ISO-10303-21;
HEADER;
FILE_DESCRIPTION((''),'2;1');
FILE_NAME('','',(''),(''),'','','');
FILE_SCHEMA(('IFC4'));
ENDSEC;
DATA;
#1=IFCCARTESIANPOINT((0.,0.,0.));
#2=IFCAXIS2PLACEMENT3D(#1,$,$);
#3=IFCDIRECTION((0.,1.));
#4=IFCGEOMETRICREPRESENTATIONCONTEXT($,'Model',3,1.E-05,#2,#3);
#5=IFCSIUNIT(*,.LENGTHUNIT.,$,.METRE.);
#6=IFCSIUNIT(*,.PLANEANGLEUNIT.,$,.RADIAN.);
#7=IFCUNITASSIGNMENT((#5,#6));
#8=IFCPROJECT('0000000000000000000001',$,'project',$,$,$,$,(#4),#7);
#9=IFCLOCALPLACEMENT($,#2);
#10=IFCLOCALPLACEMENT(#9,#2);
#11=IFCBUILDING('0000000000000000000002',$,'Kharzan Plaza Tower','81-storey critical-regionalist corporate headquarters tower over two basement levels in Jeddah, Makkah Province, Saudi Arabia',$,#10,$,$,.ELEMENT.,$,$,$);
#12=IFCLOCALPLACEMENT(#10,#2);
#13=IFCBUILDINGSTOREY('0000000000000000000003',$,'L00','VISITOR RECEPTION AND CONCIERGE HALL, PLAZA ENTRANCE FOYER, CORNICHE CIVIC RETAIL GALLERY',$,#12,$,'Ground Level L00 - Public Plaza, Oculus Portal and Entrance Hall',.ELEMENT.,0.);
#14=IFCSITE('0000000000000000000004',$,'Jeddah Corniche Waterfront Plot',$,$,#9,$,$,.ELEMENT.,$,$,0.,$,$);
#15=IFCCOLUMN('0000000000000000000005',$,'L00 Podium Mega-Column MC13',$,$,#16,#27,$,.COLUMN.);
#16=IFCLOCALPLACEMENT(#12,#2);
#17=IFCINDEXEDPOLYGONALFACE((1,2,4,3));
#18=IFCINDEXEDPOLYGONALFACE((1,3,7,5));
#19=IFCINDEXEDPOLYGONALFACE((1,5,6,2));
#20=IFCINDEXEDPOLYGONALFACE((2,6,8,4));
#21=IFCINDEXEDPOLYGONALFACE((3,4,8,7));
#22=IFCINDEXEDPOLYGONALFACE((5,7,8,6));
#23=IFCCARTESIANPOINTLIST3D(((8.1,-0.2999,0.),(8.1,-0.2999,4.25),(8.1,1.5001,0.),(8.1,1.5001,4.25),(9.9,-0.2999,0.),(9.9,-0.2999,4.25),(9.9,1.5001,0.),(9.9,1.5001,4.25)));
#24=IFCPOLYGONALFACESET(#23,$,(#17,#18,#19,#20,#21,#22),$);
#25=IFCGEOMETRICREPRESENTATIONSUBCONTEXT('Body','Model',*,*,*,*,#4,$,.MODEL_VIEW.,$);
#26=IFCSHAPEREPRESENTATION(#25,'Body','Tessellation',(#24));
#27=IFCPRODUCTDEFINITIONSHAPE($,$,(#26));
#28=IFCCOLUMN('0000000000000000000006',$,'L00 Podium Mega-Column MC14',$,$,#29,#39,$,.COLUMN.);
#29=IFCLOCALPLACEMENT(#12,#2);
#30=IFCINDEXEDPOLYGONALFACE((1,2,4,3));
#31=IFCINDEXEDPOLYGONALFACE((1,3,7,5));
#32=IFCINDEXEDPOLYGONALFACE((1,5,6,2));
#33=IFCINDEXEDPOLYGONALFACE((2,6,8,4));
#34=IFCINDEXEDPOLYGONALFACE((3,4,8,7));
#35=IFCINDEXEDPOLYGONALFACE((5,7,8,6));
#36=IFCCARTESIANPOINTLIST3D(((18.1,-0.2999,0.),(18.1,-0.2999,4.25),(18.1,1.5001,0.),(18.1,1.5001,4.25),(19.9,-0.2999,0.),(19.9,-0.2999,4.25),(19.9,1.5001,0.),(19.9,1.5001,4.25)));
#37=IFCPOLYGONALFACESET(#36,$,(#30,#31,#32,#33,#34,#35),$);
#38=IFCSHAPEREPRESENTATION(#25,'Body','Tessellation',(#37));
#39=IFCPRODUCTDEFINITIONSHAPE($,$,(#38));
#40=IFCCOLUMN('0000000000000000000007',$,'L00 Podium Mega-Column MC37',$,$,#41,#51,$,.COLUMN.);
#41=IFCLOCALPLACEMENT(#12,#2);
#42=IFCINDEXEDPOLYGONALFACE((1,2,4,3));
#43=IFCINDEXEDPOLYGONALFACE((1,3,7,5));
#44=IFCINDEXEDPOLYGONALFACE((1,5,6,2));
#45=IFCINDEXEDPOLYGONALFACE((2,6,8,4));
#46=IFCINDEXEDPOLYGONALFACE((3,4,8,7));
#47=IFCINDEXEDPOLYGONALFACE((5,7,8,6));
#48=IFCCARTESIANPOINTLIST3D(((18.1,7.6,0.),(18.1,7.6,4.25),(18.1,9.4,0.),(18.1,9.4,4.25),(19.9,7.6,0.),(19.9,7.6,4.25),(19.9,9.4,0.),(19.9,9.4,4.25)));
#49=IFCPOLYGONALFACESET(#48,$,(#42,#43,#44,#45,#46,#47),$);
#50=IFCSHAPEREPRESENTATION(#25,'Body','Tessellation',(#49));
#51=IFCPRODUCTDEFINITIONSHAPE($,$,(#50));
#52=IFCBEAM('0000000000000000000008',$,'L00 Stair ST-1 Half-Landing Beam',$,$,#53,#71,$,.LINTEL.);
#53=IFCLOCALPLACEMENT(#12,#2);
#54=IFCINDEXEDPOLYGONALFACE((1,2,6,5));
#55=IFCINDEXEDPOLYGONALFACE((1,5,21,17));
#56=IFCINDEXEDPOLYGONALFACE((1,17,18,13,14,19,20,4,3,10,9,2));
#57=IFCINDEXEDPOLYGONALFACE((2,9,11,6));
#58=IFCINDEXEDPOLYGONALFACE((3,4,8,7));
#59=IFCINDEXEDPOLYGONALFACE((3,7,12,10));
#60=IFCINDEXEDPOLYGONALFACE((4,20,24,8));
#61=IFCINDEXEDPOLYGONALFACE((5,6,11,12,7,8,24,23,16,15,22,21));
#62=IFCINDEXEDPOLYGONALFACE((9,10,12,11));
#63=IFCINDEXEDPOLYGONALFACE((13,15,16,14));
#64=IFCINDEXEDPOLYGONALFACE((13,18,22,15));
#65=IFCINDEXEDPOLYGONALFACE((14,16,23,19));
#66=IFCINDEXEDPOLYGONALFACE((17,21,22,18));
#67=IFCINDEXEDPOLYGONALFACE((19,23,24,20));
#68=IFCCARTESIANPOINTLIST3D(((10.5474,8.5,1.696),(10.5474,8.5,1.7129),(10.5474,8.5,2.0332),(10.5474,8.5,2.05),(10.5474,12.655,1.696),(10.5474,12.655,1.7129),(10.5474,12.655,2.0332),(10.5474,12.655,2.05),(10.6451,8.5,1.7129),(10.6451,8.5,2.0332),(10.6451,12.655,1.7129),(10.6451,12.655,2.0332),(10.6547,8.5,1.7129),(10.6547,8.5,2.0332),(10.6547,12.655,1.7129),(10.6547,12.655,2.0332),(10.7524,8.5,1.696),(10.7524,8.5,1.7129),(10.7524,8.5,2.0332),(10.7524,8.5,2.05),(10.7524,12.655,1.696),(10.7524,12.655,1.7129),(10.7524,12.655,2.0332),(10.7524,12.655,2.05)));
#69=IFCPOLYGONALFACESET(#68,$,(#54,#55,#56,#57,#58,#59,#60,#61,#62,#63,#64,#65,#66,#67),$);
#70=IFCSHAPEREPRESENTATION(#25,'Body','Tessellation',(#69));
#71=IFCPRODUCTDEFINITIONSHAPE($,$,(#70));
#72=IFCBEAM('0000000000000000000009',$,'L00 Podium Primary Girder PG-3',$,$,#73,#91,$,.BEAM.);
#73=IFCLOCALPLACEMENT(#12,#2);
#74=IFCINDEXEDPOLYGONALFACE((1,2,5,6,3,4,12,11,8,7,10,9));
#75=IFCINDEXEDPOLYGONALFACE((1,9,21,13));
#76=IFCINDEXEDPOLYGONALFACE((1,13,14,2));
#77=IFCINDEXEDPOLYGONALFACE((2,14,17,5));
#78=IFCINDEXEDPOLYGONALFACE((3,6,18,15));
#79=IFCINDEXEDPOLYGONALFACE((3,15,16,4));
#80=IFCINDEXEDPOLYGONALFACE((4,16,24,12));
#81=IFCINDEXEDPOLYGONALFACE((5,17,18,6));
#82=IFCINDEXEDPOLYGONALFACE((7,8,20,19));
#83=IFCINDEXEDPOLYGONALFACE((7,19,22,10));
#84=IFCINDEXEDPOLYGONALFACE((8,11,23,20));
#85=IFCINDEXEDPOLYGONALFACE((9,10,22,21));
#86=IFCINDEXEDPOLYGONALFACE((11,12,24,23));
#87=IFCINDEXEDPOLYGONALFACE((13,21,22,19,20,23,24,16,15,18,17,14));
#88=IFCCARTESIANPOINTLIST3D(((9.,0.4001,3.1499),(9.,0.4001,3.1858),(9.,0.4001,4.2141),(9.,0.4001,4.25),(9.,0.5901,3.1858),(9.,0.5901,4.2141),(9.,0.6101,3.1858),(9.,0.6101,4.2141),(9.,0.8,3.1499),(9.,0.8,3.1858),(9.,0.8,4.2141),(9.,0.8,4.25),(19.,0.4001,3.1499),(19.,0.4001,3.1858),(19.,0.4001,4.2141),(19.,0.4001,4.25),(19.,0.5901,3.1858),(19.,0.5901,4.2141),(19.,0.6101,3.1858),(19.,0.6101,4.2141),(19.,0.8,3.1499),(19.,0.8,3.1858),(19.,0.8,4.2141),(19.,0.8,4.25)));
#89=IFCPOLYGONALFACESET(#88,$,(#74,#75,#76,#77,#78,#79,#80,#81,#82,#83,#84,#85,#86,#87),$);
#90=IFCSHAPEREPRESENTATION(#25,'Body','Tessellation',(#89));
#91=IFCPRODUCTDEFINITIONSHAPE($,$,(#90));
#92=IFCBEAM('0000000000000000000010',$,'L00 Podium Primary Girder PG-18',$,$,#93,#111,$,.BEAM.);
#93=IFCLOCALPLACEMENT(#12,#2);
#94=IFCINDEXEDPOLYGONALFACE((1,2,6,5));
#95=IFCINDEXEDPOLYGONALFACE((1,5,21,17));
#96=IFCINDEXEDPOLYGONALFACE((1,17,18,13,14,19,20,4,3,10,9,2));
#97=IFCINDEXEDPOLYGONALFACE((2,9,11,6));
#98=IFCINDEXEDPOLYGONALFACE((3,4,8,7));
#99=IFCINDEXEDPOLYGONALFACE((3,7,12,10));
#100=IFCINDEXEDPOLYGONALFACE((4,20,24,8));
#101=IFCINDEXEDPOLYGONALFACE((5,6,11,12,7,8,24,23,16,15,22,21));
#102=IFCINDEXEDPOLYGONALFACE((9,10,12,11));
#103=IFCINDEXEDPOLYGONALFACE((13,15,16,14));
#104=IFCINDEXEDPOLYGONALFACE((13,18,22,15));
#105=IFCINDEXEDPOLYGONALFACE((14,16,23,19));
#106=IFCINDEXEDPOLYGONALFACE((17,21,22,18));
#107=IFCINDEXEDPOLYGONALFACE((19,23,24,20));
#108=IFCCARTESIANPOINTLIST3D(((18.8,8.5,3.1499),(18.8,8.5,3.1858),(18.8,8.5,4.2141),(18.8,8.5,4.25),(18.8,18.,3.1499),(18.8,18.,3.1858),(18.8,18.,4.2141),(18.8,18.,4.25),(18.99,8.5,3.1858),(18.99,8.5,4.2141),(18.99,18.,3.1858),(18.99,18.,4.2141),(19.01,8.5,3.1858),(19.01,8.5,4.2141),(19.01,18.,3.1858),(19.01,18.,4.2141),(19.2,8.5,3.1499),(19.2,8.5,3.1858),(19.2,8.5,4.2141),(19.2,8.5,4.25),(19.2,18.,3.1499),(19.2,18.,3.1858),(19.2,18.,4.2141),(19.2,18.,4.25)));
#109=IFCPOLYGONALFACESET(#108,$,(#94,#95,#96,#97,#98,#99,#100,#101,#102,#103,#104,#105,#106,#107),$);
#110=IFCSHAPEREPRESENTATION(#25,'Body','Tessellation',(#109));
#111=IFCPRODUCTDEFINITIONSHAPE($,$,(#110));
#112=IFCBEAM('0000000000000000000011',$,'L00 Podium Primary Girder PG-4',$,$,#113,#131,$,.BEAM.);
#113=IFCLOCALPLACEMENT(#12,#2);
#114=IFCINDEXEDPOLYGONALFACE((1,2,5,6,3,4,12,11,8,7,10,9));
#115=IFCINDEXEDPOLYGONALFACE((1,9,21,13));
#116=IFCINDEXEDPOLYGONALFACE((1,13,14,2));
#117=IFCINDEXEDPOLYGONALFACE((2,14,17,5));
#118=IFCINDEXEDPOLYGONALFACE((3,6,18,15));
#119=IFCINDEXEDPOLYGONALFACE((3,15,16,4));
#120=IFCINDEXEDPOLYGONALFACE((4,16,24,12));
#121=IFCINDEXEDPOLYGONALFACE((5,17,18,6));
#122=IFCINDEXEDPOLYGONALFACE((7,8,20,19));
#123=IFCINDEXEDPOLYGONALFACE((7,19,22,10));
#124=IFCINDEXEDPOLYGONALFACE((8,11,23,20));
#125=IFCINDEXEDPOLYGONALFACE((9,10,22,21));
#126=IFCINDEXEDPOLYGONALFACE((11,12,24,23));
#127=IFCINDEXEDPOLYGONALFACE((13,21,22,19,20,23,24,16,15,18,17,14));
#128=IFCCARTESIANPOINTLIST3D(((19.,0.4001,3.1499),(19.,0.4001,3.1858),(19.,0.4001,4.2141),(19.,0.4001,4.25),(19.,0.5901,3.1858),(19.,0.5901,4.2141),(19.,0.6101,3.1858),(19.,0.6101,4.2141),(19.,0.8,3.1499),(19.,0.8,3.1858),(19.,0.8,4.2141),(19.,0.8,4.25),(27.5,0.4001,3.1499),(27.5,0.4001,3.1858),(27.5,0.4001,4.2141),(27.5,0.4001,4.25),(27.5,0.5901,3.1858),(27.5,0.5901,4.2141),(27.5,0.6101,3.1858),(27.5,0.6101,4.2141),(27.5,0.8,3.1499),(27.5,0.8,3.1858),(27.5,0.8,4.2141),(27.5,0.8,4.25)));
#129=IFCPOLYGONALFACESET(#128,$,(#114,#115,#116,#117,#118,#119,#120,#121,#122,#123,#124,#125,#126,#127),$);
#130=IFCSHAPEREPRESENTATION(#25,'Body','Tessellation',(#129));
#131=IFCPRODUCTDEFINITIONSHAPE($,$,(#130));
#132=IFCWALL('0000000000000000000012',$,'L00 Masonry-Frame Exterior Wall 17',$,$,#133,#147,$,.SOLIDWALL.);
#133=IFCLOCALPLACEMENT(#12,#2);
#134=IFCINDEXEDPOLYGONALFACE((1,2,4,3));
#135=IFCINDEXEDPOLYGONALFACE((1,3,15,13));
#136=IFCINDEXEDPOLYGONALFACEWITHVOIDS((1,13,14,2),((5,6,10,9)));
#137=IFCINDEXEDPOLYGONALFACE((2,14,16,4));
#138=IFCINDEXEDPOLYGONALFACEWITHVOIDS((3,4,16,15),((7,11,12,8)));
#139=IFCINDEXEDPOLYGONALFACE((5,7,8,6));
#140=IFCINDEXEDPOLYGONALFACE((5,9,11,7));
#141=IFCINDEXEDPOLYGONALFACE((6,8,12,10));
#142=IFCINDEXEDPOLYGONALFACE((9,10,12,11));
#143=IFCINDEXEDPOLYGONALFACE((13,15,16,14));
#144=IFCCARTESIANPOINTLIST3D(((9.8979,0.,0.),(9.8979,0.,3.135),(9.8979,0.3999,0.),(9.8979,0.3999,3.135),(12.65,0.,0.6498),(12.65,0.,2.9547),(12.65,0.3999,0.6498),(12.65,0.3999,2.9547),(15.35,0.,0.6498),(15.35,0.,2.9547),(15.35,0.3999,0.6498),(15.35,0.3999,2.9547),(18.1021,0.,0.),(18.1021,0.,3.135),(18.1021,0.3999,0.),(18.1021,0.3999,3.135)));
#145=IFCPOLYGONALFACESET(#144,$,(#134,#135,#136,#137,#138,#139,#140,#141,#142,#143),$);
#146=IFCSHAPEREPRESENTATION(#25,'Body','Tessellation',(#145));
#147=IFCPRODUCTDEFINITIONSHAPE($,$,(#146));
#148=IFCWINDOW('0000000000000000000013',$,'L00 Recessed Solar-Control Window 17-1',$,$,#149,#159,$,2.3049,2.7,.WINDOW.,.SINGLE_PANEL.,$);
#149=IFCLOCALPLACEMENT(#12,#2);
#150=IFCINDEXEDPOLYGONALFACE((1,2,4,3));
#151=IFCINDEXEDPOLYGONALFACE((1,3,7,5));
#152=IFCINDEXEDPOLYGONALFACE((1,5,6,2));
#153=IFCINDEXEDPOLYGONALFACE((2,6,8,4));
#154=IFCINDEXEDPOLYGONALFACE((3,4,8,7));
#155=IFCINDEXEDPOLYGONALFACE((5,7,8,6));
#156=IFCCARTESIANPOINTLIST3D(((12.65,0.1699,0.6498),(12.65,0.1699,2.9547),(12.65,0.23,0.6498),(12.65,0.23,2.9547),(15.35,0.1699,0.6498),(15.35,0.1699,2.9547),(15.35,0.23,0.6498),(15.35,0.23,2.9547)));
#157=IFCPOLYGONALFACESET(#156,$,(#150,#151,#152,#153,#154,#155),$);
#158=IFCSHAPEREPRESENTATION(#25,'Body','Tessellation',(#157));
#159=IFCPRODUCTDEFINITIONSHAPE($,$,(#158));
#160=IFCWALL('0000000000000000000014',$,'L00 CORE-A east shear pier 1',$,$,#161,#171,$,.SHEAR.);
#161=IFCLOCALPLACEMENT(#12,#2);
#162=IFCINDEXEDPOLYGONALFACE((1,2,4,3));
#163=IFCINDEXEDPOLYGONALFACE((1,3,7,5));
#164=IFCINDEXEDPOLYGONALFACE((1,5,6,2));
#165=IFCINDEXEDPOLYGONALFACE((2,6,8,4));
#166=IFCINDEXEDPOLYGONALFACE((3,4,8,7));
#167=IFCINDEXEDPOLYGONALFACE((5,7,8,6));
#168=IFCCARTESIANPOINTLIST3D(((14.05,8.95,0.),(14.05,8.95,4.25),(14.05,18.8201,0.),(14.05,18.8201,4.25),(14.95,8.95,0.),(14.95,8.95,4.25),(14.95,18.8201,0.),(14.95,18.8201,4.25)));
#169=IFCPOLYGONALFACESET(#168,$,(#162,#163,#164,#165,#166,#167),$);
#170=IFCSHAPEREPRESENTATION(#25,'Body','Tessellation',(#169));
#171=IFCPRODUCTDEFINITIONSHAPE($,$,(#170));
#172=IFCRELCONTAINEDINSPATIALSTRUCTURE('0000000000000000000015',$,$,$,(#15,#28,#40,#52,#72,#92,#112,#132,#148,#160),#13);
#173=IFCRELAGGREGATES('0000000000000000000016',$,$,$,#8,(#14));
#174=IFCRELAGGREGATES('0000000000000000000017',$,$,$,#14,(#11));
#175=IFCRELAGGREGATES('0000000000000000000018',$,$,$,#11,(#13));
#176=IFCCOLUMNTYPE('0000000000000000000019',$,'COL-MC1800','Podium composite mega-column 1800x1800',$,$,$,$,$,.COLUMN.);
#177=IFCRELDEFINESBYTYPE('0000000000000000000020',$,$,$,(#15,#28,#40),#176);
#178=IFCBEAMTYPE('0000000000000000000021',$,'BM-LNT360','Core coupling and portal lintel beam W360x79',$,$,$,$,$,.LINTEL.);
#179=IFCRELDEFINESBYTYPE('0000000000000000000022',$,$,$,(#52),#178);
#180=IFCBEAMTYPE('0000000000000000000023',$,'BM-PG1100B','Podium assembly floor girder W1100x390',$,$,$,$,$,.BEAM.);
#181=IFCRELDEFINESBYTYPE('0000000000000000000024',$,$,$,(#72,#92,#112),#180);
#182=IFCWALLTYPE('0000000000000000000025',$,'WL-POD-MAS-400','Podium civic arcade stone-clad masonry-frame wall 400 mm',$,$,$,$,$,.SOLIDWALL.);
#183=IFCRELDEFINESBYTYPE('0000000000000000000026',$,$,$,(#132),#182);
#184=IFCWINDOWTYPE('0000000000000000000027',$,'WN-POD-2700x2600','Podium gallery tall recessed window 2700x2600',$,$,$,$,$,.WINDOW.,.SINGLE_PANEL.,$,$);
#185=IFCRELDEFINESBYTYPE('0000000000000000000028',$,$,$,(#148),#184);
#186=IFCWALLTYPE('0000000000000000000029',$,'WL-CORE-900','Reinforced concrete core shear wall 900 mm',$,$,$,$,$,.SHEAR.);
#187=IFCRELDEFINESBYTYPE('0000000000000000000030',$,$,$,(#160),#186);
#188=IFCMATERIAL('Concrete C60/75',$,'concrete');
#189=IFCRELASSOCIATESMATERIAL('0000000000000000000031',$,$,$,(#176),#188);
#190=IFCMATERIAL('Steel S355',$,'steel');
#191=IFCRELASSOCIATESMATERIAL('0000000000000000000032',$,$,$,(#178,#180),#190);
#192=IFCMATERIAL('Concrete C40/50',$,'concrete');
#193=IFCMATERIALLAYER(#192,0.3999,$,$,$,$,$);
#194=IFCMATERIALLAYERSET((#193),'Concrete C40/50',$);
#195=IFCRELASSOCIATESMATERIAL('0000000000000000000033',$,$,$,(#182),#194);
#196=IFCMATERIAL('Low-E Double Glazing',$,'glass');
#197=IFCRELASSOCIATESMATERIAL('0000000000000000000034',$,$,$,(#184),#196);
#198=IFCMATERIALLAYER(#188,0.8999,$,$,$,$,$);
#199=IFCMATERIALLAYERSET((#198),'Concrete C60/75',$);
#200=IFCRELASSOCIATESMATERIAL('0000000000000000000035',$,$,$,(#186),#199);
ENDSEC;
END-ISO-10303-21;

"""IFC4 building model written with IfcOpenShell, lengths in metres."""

from ifc_helpers import new_model, si_unit, direction, frame, frame_2d, origin, origin_2d, place, context, subcontext, project, spatial, rectangle, i_section, extrude, source, transform, mapped, material, layer, layer_set, material_profile, profile_set, type_object, element, fill, save


model = new_model("IFC4")

# Units and contexts
model_context = context("Model", 3, precision=1e-05, world=origin(), true_north=direction((0.0, 1.0)))
body_context = subcontext(model_context, "Body", "Model", "MODEL_VIEW")
ifc_project = project(units=[si_unit("LENGTHUNIT", "METRE"), si_unit("PLANEANGLEUNIT", "RADIAN")], contexts=[model_context])

# Site, building, storey
site_placement = place(None, origin())
site = spatial("IfcSite", under=ifc_project, at=site_placement, Name="Jeddah Corniche Waterfront Plot", CompositionType="ELEMENT", RefElevation=0.0)
building_placement = place(site_placement, origin())
building = spatial("IfcBuilding", under=site, at=building_placement, Name="Kharzan Plaza Tower", Description="81-storey critical-regionalist corporate headquarters tower over two basement levels in Jeddah, Makkah Province, Saudi Arabia", CompositionType="ELEMENT")
storey_placement = place(building_placement, origin())
storey = spatial("IfcBuildingStorey", under=building, at=storey_placement, Name="L00", Description="VISITOR RECEPTION AND CONCIERGE HALL, PLAZA ENTRANCE FOYER, CORNICHE CIVIC RETAIL GALLERY", LongName="Ground Level L00 - Public Plaza, Oculus Portal and Entrance Hall", CompositionType="ELEMENT", Elevation=0.0)

# Columns
ifc_material_1 = material(Name="Concrete C60/75", Category="concrete")
ifc_material_profile_1 = material_profile(ifc_material_1, rectangle(XDim=1.8, YDim=1.8, at=origin_2d()), Name="RC-MC1800x1800")
ifc_profile_set_1 = profile_set([ifc_material_profile_1], Name="Concrete C60/75")
column_type = type_object("IfcColumnType", Name="COL-MC1800", Description="Podium composite mega-column 1800x1800", PredefinedType="COLUMN", material=ifc_profile_set_1)
shared_shape_1 = source(origin(), body_context, "Body", "SweptSolid", [
    extrude(rectangle(XDim=1.8, YDim=1.8, at=origin_2d()), origin(), (0.0, 0.0, 1.0), 4.25),
])
for number, where, z_axis, x_axis, name in (
    (1, (9.0, 0.6001, 0.0), (0.0, 0.0, 1.0), (1.0, 0.0, 0.0), "L00 Podium Mega-Column MC13"),
    (2, (19.0, 0.6001, 0.0), (0.0, 0.0, 1.0), (1.0, 0.0, 0.0), "L00 Podium Mega-Column MC14"),
    (3, (19.0, 8.5, 0.0), (0.0, 0.0, 1.0), (1.0, 0.0, 0.0), "L00 Podium Mega-Column MC37"),
):
    element("IfcColumn", number, at=place(storey_placement, frame(where, z_axis=z_axis, x_axis=x_axis)), inside=storey, type_object=column_type, Name=name, PredefinedType="COLUMN", context=body_context, shape_type="MappedRepresentation", body=[
        mapped(shared_shape_1, transform((0.0, 0.0, 0.0), x_axis=(1.0, 0.0, 0.0), y_axis=(0.0, 1.0, 0.0), z_axis=(0.0, 0.0, 1.0))),
    ])

# Beams
ifc_material_2 = material(Name="Steel S355", Category="steel")
ifc_material_profile_2 = material_profile(ifc_material_2, i_section(OverallWidth=0.2051, OverallDepth=0.354, WebThickness=0.0095, FlangeThickness=0.0168, at=origin_2d()), Name="W360x79")
ifc_profile_set_2 = profile_set([ifc_material_profile_2], Name="Steel S355")
beam_type_1 = type_object("IfcBeamType", Name="BM-LNT360", Description="Core coupling and portal lintel beam W360x79", PredefinedType="LINTEL", material=ifc_profile_set_2)
shared_shape_2 = source(origin(), body_context, "Body", "SweptSolid", [
    extrude(i_section(OverallWidth=0.2051, OverallDepth=0.354, WebThickness=0.0095, FlangeThickness=0.0168, at=origin_2d()), origin(), (0.0, 0.0, 1.0), 4.155),
])
beam_1_placement = place(storey_placement, frame((10.6499, 8.5, 1.873), z_axis=(0.0, 1.0, 0.0), x_axis=(-1.0, 0.0, 0.0)))
element("IfcBeam", 4, at=beam_1_placement, inside=storey, type_object=beam_type_1, Name="L00 Stair ST-1 Half-Landing Beam", PredefinedType="LINTEL", context=body_context, shape_type="MappedRepresentation", body=[
    mapped(shared_shape_2, transform((0.0, 0.0, 0.0), x_axis=(1.0, 0.0, 0.0), y_axis=(0.0, 1.0, 0.0), z_axis=(0.0, 0.0, 1.0))),
])
ifc_material_profile_3 = material_profile(ifc_material_2, i_section(OverallWidth=0.3999, OverallDepth=1.1001, WebThickness=0.02, FlangeThickness=0.0359, at=origin_2d()), Name="W1100x390")
ifc_profile_set_3 = profile_set([ifc_material_profile_3], Name="Steel S355")
beam_type_2 = type_object("IfcBeamType", Name="BM-PG1100B", Description="Podium assembly floor girder W1100x390", PredefinedType="BEAM", material=ifc_profile_set_3)
shared_shape_3 = source(origin(), body_context, "Body", "SweptSolid", [
    extrude(i_section(OverallWidth=0.3999, OverallDepth=1.1001, WebThickness=0.02, FlangeThickness=0.0359, at=origin_2d()), origin(), (0.0, 0.0, 1.0), 10.0),
])
beam_2_placement = place(storey_placement, frame((9.0, 0.6001, 3.7), z_axis=(1.0, 0.0, 0.0), x_axis=(0.0, 1.0, 0.0)))
element("IfcBeam", 5, at=beam_2_placement, inside=storey, type_object=beam_type_2, Name="L00 Podium Primary Girder PG-3", PredefinedType="BEAM", context=body_context, shape_type="MappedRepresentation", body=[
    mapped(shared_shape_3, transform((0.0, 0.0, 0.0), x_axis=(1.0, 0.0, 0.0), y_axis=(0.0, 1.0, 0.0), z_axis=(0.0, 0.0, 1.0))),
])
shared_shape_4 = source(origin(), body_context, "Body", "SweptSolid", [
    extrude(i_section(OverallWidth=0.3999, OverallDepth=1.1001, WebThickness=0.02, FlangeThickness=0.0359, at=origin_2d()), origin(), (0.0, 0.0, 1.0), 9.5),
])
beam_3_placement = place(storey_placement, frame((19.0, 8.5, 3.7), z_axis=(0.0, 1.0, 0.0), x_axis=(-1.0, 0.0, 0.0)))
element("IfcBeam", 6, at=beam_3_placement, inside=storey, type_object=beam_type_2, Name="L00 Podium Primary Girder PG-18", PredefinedType="BEAM", context=body_context, shape_type="MappedRepresentation", body=[
    mapped(shared_shape_4, transform((0.0, 0.0, 0.0), x_axis=(1.0, 0.0, 0.0), y_axis=(0.0, 1.0, 0.0), z_axis=(0.0, 0.0, 1.0))),
])
shared_shape_5 = source(origin(), body_context, "Body", "SweptSolid", [
    extrude(i_section(OverallWidth=0.3999, OverallDepth=1.1001, WebThickness=0.02, FlangeThickness=0.0359, at=origin_2d()), origin(), (0.0, 0.0, 1.0), 8.5),
])
beam_4_placement = place(storey_placement, frame((19.0, 0.6001, 3.7), z_axis=(1.0, 0.0, 0.0), x_axis=(0.0, 1.0, 0.0)))
element("IfcBeam", 7, at=beam_4_placement, inside=storey, type_object=beam_type_2, Name="L00 Podium Primary Girder PG-4", PredefinedType="BEAM", context=body_context, shape_type="MappedRepresentation", body=[
    mapped(shared_shape_5, transform((0.0, 0.0, 0.0), x_axis=(1.0, 0.0, 0.0), y_axis=(0.0, 1.0, 0.0), z_axis=(0.0, 0.0, 1.0))),
])

# Wall, opening, window
ifc_material_3 = material(Name="Concrete C40/50", Category="concrete")
ifc_layer_1 = layer(ifc_material_3, 0.3999)
ifc_layer_set_1 = layer_set([ifc_layer_1], Name="Concrete C40/50")
wall_type_1 = type_object("IfcWallType", Name="WL-POD-MAS-400", Description="Podium civic arcade stone-clad masonry-frame wall 400 mm", PredefinedType="SOLIDWALL", material=ifc_layer_set_1)
wall_1_placement = place(storey_placement, frame((9.8979, 0.2, 0.0), z_axis=(0.0, 0.0, 1.0), x_axis=(1.0, 0.0, 0.0)))
wall_1 = element("IfcWall", 8, at=wall_1_placement, inside=storey, type_object=wall_type_1, Name="L00 Masonry-Frame Exterior Wall 17", PredefinedType="SOLIDWALL", context=body_context, shape_type="SweptSolid", body=[
    extrude(rectangle(XDim=8.2041, YDim=0.3999, at=frame_2d((4.1021, 0.0))), origin(), (0.0, 0.0, 1.0), 3.135),
])
opening_placement = place(wall_1_placement, frame((2.752, 0.0, 0.6499)))
opening = element("IfcOpeningElement", 9, at=opening_placement, cuts=wall_1, PredefinedType="OPENING", context=body_context, shape_type="SweptSolid", body=[
    extrude(rectangle(XDim=2.7, YDim=2.3049, at=frame_2d((1.3501, 1.1523))), frame((0.0, 0.21, 0.0), z_axis=(0.0, -1.0, 0.0), x_axis=(1.0, 0.0, 0.0)), (0.0, 0.0, 1.0), 0.4199),
])
ifc_material_4 = material(Name="Low-E Double Glazing", Category="glass")
window_type = type_object("IfcWindowType", Name="WN-POD-2700x2600", Description="Podium gallery tall recessed window 2700x2600", PartitioningType="SINGLE_PANEL", PredefinedType="WINDOW", material=ifc_material_4)
shared_shape_6 = source(origin(), body_context, "Body", "SweptSolid", [
    extrude(rectangle(XDim=2.7, YDim=2.3049, at=frame_2d((1.3501, 1.1523))), frame((0.0, 0.03, 0.0), z_axis=(0.0, -1.0, 0.0), x_axis=(1.0, 0.0, 0.0)), (0.0, 0.0, 1.0), 0.0601),
])
window_placement = place(opening_placement, origin())
window = element("IfcWindow", 10, at=window_placement, inside=storey, type_object=window_type, Name="L00 Recessed Solar-Control Window 17-1", OverallHeight=2.3049, OverallWidth=2.7, PartitioningType="SINGLE_PANEL", PredefinedType="WINDOW", context=body_context, shape_type="MappedRepresentation", body=[
    mapped(shared_shape_6, transform((0.0, 0.0, 0.0), x_axis=(1.0, 0.0, 0.0), y_axis=(0.0, 1.0, 0.0), z_axis=(0.0, 0.0, 1.0))),
])
fill(opening, window)

# Wall
ifc_layer_2 = layer(ifc_material_1, 0.8999)
ifc_layer_set_2 = layer_set([ifc_layer_2], Name="Concrete C60/75")
wall_type_2 = type_object("IfcWallType", Name="WL-CORE-900", Description="Reinforced concrete core shear wall 900 mm", PredefinedType="SHEAR", material=ifc_layer_set_2)
shared_shape_7 = source(origin(), body_context, "Body", "SweptSolid", [
    extrude(rectangle(XDim=9.8701, YDim=0.8999, at=frame_2d((4.9351, 0.0))), origin(), (0.0, 0.0, 1.0), 4.25),
])
wall_2_placement = place(storey_placement, frame((14.5, 8.95, 0.0), z_axis=(0.0, 0.0, 1.0), x_axis=(0.0, 1.0, 0.0)))
element("IfcWall", 11, at=wall_2_placement, inside=storey, type_object=wall_type_2, Name="L00 CORE-A east shear pier 1", PredefinedType="SHEAR", context=body_context, shape_type="MappedRepresentation", body=[
    mapped(shared_shape_7, transform((0.0, 0.0, 0.0), x_axis=(1.0, 0.0, 0.0), y_axis=(0.0, 1.0, 0.0), z_axis=(0.0, 0.0, 1.0))),
])

save(model, "model.ifc")
